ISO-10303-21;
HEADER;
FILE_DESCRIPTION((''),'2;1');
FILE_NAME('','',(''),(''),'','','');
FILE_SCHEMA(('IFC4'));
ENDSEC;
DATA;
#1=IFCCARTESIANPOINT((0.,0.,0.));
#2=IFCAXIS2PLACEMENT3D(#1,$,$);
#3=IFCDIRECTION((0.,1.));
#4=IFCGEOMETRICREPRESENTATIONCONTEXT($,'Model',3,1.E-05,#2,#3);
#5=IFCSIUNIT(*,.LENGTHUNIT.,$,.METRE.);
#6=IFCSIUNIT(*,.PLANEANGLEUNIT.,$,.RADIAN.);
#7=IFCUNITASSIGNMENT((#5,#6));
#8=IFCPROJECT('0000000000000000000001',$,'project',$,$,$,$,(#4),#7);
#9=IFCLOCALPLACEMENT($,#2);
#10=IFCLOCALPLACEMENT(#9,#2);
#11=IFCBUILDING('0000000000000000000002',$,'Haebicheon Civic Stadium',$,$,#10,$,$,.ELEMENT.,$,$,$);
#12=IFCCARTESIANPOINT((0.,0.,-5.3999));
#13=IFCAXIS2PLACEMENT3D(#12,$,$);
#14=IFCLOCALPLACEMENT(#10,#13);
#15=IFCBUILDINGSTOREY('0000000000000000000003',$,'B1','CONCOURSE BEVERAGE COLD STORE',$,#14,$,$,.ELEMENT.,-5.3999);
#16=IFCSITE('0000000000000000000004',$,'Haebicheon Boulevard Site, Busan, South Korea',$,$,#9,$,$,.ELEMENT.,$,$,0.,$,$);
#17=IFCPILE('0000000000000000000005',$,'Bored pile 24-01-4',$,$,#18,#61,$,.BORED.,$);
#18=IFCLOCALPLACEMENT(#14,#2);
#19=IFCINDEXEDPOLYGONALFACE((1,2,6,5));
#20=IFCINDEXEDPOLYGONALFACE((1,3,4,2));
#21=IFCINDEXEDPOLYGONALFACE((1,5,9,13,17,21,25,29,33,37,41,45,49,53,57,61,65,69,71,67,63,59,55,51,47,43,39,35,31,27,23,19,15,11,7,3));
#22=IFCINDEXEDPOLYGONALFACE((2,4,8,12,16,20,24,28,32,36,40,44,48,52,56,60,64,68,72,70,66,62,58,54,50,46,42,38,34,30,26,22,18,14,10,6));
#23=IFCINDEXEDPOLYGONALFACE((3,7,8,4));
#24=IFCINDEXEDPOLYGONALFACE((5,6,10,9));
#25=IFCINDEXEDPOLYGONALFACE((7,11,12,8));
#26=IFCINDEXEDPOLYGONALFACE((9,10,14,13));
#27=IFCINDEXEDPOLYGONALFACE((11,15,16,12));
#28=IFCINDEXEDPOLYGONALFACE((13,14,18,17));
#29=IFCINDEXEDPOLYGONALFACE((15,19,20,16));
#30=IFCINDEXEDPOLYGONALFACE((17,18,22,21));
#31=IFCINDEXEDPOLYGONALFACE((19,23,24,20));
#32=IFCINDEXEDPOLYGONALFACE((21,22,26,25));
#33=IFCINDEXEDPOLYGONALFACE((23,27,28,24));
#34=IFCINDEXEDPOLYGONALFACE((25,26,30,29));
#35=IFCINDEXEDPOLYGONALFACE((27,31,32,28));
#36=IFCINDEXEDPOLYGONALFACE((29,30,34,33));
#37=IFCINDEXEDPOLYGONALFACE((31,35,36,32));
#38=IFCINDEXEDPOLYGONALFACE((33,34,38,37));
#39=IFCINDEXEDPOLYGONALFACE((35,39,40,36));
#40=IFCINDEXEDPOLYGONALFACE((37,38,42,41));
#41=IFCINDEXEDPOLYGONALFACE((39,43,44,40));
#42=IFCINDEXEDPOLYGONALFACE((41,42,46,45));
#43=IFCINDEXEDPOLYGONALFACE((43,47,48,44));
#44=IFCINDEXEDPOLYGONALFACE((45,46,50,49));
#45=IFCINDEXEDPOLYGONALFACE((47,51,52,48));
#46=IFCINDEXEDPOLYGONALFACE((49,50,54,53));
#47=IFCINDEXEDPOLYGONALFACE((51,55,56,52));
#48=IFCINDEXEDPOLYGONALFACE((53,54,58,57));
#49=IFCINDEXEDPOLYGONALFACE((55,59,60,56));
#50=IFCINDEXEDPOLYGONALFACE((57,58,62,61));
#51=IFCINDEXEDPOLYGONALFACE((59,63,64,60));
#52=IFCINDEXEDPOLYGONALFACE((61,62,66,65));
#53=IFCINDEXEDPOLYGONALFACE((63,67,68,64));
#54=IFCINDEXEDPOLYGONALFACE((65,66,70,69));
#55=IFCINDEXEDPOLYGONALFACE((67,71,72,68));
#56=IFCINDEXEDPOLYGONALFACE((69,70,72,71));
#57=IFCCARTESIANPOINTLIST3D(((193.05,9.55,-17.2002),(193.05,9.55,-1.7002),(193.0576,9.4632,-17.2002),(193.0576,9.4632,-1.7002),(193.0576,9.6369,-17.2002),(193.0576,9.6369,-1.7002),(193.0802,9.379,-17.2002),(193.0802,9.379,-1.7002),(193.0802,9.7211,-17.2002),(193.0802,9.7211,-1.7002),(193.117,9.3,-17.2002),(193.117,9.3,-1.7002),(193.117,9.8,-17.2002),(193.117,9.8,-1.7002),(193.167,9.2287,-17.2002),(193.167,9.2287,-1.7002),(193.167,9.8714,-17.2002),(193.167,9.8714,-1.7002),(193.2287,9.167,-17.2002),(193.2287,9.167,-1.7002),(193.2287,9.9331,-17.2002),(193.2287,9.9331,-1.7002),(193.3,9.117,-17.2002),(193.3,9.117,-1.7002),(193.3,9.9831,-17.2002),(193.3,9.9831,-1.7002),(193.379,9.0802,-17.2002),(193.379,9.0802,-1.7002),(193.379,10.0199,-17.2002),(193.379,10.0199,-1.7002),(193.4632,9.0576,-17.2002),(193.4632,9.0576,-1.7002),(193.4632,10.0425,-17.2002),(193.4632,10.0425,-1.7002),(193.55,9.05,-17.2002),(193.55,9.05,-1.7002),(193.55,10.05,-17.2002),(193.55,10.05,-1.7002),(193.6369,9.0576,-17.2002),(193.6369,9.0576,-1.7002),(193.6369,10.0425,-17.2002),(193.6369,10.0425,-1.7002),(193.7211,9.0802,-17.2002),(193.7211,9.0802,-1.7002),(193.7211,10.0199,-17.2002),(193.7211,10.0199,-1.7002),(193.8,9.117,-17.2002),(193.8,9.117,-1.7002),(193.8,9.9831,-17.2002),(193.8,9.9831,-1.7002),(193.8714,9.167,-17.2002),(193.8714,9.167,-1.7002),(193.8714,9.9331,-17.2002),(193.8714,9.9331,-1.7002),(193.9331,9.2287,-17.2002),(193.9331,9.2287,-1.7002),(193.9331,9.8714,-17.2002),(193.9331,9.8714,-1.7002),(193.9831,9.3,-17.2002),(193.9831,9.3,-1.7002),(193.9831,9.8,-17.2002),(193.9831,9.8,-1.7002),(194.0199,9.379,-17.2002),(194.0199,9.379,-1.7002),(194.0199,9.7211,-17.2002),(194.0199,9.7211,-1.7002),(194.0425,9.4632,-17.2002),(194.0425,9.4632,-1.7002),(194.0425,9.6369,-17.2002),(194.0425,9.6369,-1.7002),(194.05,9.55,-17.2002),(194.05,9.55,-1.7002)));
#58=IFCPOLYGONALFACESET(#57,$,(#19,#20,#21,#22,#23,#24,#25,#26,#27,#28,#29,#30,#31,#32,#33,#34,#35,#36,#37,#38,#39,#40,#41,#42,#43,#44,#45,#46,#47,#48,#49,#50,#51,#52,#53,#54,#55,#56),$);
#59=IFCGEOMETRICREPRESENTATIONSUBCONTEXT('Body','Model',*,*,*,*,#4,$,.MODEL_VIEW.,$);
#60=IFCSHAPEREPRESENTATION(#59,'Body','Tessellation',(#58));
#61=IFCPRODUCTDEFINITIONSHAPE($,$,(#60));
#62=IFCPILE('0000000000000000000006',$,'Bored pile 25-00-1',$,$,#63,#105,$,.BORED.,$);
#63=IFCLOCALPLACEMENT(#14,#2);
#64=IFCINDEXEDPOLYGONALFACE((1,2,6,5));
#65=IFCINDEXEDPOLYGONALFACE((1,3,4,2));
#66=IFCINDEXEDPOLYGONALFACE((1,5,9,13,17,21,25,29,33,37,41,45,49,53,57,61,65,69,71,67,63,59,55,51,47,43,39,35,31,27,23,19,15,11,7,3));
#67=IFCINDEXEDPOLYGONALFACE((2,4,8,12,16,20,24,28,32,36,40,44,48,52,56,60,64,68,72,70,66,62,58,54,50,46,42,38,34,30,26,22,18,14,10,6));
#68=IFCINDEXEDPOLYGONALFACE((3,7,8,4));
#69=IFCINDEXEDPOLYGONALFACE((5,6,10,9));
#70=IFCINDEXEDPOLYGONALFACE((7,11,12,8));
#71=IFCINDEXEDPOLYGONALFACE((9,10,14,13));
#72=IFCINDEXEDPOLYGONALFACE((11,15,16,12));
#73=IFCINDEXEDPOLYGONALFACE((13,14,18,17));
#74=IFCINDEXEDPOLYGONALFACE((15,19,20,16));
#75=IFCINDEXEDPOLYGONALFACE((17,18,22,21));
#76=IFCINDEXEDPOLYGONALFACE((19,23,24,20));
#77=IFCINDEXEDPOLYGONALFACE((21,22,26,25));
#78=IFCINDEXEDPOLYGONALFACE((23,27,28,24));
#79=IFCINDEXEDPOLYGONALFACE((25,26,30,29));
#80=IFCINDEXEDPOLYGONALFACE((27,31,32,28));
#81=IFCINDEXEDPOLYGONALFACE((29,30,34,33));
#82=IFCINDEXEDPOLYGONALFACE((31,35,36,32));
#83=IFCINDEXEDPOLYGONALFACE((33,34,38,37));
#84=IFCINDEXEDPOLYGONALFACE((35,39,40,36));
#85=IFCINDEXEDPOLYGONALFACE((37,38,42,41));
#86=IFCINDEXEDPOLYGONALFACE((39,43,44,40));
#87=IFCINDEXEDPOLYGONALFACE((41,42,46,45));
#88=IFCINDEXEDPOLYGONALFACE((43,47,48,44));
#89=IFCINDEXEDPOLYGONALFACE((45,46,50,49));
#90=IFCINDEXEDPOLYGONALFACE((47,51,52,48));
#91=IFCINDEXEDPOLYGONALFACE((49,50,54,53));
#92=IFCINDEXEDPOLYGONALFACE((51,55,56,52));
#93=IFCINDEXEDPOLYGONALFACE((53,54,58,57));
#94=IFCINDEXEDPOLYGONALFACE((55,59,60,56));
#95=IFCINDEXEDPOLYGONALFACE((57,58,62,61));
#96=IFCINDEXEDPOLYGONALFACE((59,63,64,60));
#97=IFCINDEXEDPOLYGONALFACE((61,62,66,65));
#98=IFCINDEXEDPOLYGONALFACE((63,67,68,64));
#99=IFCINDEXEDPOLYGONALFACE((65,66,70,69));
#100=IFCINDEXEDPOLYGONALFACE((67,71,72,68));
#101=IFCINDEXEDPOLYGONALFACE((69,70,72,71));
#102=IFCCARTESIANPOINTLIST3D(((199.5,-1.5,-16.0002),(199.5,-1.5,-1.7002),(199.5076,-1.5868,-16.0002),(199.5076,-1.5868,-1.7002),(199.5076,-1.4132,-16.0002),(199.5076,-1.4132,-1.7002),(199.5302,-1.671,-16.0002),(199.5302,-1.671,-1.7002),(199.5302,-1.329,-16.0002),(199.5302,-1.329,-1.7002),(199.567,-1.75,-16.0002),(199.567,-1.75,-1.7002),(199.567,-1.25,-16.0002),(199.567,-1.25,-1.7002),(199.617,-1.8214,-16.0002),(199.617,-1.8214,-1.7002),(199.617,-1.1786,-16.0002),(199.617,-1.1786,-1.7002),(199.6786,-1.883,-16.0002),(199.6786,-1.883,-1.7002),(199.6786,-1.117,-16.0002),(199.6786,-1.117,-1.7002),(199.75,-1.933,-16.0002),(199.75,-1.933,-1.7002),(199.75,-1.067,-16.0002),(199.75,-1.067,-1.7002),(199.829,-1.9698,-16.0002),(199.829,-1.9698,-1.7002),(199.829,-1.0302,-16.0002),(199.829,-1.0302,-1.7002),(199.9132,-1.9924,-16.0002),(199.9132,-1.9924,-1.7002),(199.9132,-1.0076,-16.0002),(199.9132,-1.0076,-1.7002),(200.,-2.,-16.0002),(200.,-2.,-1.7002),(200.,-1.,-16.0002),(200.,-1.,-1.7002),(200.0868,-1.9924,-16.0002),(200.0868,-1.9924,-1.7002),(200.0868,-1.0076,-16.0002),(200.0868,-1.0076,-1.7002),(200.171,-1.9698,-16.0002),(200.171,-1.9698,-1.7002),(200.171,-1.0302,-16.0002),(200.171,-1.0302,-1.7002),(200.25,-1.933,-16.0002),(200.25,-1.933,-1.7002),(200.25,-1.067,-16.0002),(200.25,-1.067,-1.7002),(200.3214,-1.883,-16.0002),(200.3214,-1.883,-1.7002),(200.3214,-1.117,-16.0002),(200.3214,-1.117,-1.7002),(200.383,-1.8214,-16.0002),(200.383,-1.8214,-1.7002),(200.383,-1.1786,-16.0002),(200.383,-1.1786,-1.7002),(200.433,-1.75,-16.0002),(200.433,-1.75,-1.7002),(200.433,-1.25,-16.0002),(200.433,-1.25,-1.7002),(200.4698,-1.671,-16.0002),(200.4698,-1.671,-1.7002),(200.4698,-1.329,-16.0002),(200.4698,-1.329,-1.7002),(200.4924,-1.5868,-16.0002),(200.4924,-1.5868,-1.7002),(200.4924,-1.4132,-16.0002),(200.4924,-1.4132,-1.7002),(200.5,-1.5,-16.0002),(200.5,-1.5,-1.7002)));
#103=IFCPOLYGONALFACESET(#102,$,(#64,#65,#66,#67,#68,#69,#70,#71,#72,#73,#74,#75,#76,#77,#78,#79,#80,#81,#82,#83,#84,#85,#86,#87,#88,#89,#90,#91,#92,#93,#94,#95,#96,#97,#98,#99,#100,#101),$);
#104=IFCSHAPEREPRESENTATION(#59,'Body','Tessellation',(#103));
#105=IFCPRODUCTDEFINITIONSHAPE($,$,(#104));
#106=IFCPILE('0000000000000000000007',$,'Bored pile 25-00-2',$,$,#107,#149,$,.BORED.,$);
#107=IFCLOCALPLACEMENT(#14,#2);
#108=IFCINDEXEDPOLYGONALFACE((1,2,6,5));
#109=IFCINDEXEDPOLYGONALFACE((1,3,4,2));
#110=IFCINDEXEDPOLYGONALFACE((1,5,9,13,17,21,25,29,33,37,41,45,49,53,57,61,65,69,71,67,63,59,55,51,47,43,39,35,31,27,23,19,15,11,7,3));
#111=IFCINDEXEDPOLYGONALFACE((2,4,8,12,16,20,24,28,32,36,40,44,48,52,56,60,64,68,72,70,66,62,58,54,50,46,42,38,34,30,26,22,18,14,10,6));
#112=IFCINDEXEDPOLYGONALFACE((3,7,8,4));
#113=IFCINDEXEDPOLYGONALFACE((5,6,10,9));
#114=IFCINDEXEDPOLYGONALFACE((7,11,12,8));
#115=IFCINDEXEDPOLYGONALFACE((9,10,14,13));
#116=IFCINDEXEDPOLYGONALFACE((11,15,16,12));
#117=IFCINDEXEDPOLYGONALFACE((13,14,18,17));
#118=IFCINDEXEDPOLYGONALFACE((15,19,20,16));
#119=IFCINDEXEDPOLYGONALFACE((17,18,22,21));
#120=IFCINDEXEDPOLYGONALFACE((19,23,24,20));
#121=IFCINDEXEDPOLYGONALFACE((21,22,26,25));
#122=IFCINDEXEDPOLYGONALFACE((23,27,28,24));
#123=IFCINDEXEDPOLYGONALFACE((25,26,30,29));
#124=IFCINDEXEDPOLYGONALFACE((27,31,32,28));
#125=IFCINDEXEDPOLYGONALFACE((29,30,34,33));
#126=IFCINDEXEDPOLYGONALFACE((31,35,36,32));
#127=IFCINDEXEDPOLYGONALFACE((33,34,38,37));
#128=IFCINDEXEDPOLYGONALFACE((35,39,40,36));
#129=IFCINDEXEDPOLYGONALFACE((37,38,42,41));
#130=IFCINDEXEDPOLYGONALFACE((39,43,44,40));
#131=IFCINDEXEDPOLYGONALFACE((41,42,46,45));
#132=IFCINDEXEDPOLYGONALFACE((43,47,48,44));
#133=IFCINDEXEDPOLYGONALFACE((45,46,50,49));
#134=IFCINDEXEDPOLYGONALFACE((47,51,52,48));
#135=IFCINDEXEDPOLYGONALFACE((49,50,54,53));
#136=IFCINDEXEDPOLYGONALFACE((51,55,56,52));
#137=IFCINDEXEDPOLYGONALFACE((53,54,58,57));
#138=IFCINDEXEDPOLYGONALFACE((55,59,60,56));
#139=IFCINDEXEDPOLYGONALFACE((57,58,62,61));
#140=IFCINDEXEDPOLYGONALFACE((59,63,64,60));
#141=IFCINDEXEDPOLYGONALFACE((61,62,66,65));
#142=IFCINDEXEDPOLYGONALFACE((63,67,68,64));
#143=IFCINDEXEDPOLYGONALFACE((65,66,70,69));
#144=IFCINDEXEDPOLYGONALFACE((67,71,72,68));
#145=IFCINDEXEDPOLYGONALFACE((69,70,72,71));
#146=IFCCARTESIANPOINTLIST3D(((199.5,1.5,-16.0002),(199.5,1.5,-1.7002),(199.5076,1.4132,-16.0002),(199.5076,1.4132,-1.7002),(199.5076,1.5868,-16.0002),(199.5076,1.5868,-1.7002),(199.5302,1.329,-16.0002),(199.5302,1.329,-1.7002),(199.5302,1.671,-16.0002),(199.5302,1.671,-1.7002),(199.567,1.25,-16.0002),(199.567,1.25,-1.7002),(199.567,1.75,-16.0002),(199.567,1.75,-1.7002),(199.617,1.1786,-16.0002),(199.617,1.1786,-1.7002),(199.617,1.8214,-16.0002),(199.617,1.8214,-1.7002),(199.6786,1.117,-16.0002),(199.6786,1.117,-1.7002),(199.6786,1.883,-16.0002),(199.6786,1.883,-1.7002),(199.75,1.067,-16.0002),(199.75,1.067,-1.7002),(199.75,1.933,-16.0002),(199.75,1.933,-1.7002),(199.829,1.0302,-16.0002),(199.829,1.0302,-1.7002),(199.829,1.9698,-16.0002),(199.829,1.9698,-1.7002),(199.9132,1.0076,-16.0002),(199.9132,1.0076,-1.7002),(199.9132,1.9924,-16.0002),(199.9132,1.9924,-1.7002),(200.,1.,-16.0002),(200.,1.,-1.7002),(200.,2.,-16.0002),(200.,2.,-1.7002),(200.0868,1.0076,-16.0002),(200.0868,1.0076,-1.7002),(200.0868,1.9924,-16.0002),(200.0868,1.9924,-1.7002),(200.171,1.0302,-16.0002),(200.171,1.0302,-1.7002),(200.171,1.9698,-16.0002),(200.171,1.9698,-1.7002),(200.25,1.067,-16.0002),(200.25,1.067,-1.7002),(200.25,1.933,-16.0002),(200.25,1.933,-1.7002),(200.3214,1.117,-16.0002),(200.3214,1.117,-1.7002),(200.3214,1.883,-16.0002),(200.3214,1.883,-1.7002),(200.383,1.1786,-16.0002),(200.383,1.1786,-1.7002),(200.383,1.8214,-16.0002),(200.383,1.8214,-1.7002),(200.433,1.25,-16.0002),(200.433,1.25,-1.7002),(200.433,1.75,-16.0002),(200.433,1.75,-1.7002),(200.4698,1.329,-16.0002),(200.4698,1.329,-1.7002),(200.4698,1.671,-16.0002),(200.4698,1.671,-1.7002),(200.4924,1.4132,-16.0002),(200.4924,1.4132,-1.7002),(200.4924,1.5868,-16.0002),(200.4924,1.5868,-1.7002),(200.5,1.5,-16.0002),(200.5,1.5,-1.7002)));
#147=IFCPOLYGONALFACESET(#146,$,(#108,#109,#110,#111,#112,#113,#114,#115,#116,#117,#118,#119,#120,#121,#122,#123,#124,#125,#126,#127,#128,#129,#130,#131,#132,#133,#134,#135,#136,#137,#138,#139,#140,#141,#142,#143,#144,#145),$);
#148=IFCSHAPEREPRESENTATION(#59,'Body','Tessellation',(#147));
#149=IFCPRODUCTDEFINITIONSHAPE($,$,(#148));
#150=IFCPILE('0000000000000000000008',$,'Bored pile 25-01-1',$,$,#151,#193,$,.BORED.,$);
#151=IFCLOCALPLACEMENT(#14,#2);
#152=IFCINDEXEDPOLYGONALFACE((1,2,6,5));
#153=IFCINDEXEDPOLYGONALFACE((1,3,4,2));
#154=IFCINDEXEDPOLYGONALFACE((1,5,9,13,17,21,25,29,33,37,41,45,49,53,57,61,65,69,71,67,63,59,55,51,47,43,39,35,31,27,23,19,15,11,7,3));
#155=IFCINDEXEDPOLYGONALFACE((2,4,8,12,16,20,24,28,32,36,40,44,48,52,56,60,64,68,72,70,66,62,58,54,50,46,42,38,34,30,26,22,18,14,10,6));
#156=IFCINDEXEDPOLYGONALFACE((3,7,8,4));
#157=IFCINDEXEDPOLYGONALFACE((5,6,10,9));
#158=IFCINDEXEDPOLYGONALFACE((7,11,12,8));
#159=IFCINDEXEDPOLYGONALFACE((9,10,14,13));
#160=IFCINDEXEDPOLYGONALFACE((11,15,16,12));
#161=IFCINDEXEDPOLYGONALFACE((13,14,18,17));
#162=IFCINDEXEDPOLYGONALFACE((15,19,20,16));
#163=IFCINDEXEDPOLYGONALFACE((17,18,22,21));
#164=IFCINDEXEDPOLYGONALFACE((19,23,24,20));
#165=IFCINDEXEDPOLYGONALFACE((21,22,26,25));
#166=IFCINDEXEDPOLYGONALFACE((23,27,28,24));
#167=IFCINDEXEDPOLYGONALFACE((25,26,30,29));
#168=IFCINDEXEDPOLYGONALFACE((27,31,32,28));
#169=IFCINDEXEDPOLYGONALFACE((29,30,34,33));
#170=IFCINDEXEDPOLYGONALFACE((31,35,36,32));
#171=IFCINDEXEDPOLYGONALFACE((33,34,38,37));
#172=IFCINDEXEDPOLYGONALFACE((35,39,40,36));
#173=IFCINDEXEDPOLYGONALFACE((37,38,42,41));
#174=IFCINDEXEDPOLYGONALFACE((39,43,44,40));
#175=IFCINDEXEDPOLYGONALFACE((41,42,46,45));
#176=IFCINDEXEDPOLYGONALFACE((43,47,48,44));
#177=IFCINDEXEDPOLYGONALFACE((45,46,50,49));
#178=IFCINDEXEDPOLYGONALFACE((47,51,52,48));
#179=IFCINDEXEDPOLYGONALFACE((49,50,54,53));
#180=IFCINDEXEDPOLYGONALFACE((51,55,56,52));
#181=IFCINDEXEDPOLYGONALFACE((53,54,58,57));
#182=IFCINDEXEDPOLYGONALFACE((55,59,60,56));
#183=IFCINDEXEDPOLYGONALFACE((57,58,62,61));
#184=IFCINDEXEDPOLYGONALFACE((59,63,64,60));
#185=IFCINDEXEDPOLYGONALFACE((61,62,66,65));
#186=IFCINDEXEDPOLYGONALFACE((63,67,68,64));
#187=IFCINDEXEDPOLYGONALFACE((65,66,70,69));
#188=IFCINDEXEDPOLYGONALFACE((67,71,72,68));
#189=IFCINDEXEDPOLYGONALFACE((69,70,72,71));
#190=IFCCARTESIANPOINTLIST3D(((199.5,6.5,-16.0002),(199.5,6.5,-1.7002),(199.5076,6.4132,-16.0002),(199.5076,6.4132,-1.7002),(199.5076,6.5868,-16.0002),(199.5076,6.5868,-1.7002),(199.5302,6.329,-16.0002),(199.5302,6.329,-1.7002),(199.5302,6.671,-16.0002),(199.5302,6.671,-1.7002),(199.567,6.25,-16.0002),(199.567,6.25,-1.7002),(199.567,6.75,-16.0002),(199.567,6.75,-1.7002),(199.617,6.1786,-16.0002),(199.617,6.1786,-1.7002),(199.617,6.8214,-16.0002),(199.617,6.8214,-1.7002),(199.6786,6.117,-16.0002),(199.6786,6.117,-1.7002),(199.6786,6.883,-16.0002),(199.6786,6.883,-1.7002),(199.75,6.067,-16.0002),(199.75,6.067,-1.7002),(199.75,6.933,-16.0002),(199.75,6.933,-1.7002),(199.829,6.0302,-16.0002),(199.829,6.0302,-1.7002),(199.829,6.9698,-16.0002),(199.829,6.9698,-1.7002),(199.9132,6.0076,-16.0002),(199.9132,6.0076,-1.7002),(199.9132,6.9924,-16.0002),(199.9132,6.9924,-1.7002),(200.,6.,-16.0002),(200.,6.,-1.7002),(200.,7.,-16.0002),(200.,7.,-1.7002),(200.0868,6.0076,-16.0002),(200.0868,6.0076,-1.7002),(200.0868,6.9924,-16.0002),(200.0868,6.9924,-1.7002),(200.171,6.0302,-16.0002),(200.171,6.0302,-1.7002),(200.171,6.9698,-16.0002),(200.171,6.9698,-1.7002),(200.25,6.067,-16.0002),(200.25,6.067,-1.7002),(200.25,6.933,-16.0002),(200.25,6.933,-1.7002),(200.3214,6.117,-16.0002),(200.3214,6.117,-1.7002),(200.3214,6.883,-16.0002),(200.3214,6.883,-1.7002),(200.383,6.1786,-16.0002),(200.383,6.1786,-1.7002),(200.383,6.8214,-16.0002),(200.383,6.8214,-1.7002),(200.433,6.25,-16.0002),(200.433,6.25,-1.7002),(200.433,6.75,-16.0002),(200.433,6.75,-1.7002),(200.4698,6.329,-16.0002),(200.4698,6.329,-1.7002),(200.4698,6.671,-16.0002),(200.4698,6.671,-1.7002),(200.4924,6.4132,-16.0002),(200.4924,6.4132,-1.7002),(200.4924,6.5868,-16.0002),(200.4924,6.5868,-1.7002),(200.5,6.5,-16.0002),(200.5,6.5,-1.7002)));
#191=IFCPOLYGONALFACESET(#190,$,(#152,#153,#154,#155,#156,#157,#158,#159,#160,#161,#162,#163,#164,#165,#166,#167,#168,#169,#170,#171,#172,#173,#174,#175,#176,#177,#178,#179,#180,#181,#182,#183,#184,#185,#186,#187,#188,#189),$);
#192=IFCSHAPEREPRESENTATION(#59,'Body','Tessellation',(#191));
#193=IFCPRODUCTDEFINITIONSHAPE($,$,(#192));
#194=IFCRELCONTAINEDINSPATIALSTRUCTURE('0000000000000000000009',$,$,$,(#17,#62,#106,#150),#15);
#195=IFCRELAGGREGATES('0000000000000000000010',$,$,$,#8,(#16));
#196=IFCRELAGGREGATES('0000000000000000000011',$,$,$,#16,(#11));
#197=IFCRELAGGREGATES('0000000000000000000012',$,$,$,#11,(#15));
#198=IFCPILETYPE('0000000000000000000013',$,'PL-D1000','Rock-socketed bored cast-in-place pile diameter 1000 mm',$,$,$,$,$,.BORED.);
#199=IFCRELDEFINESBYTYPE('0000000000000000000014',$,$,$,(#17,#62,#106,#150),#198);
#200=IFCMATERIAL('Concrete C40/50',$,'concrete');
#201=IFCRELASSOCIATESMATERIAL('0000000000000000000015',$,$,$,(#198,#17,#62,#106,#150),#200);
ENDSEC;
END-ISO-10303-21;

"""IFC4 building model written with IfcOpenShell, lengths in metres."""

from ifc_helpers import new_model, si_unit, direction, frame, origin, origin_2d, place, context, subcontext, project, spatial, circle, extrude, material, material_profile, profile_set, type_object, element, save


model = new_model("IFC4")

# Units and contexts
model_context = context("Model", 3, precision=1e-05, world=origin(), true_north=direction((0.0, 1.0)))
body_context = subcontext(model_context, "Body", "Model", "MODEL_VIEW")
ifc_project = project(units=[si_unit("LENGTHUNIT", "METRE"), si_unit("PLANEANGLEUNIT", "RADIAN")], contexts=[model_context])

# Site, building, storey
site_placement = place(None, origin())
site = spatial("IfcSite", under=ifc_project, at=site_placement, Name="Haebicheon Boulevard Site, Busan, South Korea", CompositionType="ELEMENT", RefElevation=0.0)
building_placement = place(site_placement, origin())
building = spatial("IfcBuilding", under=site, at=building_placement, Name="Haebicheon Civic Stadium", CompositionType="ELEMENT")
storey_placement = place(building_placement, frame((0.0, 0.0, -5.3999)))
storey = spatial("IfcBuildingStorey", under=building, at=storey_placement, Name="B1", Description="CONCOURSE BEVERAGE COLD STORE", CompositionType="ELEMENT", Elevation=-5.3999)

# Piles
ifc_material_1 = material(Name="Concrete C40/50", Category="concrete")
ifc_material_profile_1 = material_profile(ifc_material_1, circle(Radius=0.5, at=origin_2d()), Name="PILE-D1000")
ifc_profile_set_1 = profile_set([ifc_material_profile_1], Name="Concrete C40/50")
pile_type = type_object("IfcPileType", Name="PL-D1000", Description="Rock-socketed bored cast-in-place pile diameter 1000 mm", PredefinedType="BORED", material=ifc_profile_set_1)
for number, where, z_axis, x_axis, name in (
    (1, (193.55, 9.55, -1.7002), (0.0, 0.0, -1.0), (1.0, 0.0, 0.0), "Bored pile 24-01-4"),
):
    element("IfcPile", number, at=place(storey_placement, frame(where, z_axis=z_axis, x_axis=x_axis)), inside=storey, type_object=pile_type, material=ifc_profile_set_1, Name=name, PredefinedType="BORED", context=body_context, shape_type="SweptSolid", body=[
        extrude(circle(Radius=0.5, at=origin_2d()), origin(), (0.0, 0.0, 1.0), 15.5),
    ])
for number, where, z_axis, x_axis, name in (
    (2, (200.0, -1.5, -1.7002), (0.0, 0.0, -1.0), (1.0, 0.0, 0.0), "Bored pile 25-00-1"),
    (3, (200.0, 1.5, -1.7002), (0.0, 0.0, -1.0), (1.0, 0.0, 0.0), "Bored pile 25-00-2"),
    (4, (200.0, 6.5, -1.7002), (0.0, 0.0, -1.0), (1.0, 0.0, 0.0), "Bored pile 25-01-1"),
):
    element("IfcPile", number, at=place(storey_placement, frame(where, z_axis=z_axis, x_axis=x_axis)), inside=storey, type_object=pile_type, material=ifc_profile_set_1, Name=name, PredefinedType="BORED", context=body_context, shape_type="SweptSolid", body=[
        extrude(circle(Radius=0.5, at=origin_2d()), origin(), (0.0, 0.0, 1.0), 14.3),
    ])

save(model, "model.ifc")
